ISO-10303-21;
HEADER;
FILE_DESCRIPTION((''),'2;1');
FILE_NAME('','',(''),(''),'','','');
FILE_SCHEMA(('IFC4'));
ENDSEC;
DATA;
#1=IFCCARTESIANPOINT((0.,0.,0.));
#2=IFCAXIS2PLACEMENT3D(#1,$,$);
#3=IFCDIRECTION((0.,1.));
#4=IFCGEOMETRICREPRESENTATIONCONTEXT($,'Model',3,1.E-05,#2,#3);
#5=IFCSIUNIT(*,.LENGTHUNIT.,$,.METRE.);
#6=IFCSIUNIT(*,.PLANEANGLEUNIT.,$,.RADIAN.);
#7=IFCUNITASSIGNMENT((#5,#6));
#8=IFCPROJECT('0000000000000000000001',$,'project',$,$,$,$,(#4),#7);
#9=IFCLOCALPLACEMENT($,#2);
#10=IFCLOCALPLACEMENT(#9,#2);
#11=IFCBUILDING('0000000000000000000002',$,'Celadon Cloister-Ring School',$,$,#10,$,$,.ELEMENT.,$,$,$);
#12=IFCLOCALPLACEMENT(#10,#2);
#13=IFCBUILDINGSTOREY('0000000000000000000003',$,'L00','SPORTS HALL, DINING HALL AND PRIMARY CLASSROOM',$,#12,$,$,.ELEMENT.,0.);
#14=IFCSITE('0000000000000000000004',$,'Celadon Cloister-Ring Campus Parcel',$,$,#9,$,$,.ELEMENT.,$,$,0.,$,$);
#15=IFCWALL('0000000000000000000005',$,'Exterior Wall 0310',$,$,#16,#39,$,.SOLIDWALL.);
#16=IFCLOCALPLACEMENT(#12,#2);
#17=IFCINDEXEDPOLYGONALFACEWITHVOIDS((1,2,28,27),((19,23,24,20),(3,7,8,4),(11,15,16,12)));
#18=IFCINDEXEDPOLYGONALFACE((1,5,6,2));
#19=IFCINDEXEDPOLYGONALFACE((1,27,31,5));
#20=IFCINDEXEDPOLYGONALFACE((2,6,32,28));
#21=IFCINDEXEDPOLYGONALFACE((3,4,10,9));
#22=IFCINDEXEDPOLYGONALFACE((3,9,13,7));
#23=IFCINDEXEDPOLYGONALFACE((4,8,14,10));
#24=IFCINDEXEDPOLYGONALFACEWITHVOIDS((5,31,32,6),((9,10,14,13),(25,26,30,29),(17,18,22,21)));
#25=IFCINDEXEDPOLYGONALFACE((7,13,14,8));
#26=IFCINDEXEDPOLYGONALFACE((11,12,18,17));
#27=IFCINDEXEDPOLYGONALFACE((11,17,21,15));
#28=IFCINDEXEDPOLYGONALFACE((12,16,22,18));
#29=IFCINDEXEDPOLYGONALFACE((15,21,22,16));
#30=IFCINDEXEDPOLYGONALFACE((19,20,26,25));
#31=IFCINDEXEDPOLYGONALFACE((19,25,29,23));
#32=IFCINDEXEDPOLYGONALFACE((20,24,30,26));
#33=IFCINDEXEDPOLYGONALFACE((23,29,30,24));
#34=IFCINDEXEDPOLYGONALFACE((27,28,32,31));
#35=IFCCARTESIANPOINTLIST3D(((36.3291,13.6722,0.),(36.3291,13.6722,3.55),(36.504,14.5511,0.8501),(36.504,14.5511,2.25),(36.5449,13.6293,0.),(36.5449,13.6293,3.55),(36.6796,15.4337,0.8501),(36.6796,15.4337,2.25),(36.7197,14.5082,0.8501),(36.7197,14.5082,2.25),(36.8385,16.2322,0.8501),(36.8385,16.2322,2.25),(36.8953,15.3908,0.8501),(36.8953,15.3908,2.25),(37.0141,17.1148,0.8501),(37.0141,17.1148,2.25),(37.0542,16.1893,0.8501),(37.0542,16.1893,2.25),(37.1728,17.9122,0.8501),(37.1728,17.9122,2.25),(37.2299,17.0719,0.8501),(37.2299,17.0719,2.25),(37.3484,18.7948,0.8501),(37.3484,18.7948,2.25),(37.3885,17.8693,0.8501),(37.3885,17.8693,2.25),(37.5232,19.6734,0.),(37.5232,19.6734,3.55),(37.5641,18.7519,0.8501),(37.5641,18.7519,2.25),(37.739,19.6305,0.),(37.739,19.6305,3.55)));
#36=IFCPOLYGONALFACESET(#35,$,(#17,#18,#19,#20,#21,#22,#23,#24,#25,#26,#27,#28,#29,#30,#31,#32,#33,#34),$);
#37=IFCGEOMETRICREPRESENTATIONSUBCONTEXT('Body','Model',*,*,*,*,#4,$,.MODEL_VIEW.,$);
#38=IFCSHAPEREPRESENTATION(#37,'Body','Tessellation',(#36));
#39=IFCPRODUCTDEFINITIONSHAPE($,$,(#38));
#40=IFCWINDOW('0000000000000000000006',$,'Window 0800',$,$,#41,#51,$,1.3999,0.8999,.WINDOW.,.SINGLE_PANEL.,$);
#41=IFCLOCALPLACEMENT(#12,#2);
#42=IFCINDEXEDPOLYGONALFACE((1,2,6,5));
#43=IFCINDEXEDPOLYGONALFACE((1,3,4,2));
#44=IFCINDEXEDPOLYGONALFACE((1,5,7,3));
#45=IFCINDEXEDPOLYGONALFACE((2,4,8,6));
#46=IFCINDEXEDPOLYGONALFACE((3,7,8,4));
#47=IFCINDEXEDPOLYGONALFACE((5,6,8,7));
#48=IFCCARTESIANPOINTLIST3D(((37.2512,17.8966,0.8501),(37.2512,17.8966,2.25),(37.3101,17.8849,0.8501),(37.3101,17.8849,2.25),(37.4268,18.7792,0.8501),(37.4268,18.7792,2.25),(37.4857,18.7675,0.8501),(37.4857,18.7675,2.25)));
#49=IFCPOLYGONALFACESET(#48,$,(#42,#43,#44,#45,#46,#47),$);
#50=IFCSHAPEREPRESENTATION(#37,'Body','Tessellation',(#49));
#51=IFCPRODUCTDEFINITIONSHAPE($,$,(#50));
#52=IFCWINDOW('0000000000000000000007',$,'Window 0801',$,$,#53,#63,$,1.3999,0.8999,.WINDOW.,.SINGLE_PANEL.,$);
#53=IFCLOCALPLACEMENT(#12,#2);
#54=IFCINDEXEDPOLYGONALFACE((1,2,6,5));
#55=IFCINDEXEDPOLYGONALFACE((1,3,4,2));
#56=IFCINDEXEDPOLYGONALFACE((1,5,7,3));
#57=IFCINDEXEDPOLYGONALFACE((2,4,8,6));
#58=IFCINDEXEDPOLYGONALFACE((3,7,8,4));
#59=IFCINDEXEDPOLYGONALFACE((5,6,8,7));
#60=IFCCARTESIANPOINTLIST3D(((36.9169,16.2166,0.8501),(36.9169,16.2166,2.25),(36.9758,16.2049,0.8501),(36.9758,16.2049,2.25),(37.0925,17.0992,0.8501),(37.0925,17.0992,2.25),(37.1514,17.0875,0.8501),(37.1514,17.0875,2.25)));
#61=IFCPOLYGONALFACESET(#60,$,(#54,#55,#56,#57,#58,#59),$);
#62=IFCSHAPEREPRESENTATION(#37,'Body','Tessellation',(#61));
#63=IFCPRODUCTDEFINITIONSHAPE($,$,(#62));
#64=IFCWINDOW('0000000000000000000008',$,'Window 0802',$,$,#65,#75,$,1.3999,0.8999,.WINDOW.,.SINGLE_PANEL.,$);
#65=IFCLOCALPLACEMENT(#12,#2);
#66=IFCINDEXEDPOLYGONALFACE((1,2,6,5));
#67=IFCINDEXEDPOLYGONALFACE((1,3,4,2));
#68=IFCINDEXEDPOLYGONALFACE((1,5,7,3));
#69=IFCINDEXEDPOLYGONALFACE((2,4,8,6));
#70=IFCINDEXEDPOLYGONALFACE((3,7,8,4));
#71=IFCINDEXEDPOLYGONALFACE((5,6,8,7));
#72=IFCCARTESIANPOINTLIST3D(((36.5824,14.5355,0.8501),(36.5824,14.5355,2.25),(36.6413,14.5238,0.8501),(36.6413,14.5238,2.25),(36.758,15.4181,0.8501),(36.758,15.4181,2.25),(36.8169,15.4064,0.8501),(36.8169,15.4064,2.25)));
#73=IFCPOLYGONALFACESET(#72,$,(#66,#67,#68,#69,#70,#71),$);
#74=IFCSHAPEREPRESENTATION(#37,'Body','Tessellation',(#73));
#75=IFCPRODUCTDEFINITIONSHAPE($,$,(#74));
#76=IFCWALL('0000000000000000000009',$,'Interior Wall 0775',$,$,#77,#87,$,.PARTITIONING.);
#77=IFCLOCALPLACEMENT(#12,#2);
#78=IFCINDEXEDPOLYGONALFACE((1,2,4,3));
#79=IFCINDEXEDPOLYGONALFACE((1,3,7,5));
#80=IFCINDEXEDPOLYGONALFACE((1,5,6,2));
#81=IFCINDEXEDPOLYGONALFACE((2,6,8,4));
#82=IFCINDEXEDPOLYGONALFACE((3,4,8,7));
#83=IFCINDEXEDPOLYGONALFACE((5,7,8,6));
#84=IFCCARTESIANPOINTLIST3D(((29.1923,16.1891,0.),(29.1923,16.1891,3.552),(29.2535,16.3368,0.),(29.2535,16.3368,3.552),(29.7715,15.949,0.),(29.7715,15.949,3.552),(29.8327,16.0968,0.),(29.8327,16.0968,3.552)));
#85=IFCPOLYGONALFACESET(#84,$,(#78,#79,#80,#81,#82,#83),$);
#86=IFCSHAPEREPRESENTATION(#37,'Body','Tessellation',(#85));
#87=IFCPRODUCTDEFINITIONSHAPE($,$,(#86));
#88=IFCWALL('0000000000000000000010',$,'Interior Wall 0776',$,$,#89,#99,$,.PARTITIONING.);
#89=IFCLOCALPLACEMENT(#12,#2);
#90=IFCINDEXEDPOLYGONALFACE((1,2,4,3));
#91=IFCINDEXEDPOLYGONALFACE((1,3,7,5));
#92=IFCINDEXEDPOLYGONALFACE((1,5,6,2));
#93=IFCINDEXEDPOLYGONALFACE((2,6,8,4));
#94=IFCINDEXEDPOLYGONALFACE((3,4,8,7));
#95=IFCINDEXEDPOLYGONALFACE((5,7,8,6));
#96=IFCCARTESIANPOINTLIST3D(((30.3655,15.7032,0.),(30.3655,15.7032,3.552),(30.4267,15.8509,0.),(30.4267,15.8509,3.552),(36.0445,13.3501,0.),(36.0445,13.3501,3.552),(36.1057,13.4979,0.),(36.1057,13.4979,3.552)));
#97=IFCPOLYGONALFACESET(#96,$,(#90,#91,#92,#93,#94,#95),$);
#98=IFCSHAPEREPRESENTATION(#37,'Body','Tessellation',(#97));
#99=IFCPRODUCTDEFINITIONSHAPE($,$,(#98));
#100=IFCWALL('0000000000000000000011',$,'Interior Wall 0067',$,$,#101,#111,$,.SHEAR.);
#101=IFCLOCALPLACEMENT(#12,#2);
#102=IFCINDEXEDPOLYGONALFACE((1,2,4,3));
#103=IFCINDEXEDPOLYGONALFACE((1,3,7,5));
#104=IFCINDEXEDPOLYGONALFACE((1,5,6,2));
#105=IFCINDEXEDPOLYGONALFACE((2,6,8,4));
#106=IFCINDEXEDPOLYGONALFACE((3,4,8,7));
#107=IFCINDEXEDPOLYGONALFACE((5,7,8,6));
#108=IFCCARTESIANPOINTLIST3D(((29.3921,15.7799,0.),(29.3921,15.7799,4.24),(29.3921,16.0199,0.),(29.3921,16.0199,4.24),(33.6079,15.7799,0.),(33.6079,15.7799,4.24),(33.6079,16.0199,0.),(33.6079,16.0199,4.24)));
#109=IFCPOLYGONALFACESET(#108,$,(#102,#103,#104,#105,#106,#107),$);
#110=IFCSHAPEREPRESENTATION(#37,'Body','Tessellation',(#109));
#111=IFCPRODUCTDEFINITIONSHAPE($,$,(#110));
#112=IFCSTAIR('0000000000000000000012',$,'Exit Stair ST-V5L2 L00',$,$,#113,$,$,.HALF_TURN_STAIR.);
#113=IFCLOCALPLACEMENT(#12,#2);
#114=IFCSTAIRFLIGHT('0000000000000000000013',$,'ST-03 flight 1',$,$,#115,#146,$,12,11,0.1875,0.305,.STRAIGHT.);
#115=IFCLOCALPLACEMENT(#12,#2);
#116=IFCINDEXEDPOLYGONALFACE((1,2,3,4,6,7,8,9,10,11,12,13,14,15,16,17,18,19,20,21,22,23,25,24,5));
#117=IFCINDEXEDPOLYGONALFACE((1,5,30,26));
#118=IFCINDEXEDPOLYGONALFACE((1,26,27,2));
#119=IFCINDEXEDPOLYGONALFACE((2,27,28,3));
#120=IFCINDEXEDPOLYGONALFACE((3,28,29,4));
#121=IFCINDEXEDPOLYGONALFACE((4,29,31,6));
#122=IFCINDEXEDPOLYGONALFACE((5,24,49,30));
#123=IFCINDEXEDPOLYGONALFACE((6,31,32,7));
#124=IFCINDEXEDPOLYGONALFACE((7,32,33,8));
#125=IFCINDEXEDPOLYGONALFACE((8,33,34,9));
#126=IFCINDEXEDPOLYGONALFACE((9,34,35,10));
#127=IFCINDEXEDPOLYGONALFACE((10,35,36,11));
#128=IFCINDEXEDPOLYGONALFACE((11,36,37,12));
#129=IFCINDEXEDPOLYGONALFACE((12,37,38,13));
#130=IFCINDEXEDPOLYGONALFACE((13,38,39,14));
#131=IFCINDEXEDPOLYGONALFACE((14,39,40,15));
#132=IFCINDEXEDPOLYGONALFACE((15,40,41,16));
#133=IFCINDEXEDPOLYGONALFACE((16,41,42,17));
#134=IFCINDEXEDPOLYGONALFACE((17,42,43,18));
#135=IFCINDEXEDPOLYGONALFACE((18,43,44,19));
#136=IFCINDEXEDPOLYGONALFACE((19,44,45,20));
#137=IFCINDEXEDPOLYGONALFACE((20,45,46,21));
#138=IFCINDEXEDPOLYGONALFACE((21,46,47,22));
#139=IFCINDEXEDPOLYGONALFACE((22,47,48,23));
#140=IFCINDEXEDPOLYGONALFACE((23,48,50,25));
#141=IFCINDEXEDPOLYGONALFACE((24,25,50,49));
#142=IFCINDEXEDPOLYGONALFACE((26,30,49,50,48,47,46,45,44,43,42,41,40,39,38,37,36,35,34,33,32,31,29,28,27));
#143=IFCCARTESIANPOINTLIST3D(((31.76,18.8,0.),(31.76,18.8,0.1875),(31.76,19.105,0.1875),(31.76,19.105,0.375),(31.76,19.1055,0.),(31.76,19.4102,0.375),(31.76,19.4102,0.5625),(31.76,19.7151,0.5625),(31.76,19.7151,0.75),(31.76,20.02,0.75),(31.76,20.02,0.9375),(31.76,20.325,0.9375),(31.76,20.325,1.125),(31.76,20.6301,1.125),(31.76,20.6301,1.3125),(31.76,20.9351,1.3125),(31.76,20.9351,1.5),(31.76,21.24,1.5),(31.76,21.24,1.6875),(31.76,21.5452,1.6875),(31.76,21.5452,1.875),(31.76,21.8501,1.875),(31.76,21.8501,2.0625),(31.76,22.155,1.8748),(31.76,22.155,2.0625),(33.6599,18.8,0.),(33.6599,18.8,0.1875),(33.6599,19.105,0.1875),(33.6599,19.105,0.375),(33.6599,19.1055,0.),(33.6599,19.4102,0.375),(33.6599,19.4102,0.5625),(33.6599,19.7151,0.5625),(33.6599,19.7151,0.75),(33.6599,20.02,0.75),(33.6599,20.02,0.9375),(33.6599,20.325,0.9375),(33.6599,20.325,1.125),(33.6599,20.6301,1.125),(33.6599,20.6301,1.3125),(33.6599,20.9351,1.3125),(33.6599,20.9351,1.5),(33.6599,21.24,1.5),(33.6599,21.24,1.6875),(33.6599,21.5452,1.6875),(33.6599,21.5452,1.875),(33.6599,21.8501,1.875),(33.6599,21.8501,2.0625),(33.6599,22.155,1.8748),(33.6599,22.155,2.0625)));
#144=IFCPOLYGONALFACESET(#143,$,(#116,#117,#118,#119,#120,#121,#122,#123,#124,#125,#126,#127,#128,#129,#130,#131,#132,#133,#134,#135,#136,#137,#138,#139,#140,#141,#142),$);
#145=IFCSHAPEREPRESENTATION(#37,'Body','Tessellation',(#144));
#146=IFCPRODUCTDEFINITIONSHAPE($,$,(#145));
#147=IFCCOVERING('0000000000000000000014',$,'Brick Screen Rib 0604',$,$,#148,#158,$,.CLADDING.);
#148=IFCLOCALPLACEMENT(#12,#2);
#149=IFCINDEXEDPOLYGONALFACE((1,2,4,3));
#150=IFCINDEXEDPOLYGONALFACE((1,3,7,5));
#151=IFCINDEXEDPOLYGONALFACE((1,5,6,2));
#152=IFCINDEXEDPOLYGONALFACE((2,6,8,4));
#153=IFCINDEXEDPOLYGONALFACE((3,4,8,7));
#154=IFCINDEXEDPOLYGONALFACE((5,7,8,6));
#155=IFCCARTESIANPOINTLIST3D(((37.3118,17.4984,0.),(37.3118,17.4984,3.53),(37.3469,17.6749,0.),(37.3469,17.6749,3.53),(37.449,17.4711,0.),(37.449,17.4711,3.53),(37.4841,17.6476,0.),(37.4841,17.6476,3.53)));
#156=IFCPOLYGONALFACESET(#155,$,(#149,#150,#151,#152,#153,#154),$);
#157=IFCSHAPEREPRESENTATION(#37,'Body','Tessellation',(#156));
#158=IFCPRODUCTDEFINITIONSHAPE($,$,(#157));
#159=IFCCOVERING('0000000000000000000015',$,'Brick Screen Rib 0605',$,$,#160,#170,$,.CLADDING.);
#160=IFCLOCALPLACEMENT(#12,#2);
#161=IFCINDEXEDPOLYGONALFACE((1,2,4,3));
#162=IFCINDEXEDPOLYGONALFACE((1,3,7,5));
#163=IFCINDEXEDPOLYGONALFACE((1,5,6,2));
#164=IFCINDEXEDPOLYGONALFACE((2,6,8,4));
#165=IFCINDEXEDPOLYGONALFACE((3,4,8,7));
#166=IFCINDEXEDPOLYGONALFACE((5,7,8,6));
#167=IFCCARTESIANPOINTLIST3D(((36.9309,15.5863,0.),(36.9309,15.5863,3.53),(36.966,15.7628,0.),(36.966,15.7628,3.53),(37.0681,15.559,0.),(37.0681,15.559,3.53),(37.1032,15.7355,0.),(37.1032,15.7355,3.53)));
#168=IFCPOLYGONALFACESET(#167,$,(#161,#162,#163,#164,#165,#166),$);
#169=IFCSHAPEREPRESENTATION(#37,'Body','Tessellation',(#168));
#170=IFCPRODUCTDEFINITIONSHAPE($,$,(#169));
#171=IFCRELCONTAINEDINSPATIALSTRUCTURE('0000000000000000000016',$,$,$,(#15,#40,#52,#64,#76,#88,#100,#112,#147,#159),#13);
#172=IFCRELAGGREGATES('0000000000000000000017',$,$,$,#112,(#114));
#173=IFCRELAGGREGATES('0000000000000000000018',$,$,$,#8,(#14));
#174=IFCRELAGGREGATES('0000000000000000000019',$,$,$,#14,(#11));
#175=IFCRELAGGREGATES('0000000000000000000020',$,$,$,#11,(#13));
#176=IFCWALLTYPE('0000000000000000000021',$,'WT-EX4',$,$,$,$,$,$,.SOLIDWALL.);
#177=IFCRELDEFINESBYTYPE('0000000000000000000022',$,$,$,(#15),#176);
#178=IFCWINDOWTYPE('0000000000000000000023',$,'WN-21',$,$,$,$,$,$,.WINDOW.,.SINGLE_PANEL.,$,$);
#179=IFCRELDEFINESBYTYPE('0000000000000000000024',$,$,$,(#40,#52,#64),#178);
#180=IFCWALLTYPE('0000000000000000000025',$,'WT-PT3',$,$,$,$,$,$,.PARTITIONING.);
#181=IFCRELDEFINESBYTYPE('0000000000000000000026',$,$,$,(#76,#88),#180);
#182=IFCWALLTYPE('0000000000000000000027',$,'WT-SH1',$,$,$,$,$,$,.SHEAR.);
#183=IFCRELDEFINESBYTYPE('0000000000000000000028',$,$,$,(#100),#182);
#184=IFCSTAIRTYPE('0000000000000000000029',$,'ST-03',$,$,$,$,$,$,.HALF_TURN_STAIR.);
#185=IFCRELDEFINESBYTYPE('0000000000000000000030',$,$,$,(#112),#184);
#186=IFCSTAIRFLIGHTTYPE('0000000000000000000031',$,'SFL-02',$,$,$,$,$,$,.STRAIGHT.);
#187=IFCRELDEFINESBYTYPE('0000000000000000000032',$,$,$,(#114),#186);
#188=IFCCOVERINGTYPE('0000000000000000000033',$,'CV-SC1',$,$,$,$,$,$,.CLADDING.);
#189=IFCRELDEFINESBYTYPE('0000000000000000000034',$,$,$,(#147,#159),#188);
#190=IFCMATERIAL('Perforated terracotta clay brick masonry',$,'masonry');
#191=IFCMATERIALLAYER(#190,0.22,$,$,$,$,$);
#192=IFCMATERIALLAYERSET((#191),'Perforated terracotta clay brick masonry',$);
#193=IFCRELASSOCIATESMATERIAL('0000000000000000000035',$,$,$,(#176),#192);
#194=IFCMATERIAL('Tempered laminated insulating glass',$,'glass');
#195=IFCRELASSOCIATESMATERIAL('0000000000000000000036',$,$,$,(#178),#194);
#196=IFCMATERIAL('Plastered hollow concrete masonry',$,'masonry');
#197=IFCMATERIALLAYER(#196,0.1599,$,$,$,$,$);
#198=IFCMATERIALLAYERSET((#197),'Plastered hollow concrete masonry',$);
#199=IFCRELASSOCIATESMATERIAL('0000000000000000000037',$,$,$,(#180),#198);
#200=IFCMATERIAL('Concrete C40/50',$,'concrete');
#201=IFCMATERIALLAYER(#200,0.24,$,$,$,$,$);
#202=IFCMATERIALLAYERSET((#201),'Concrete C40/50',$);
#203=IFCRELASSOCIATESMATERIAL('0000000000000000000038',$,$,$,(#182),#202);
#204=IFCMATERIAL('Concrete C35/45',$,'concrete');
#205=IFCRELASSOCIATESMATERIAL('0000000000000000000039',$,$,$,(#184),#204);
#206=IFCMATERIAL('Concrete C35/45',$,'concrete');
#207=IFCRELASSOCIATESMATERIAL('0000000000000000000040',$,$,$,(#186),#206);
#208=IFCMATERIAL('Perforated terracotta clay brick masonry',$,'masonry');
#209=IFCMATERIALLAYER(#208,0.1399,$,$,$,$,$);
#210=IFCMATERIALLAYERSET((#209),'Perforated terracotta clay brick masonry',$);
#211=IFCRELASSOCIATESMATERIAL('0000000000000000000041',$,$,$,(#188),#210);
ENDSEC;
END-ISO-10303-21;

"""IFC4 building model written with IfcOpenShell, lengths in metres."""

from ifc_helpers import new_model, si_unit, direction, frame, frame_2d, origin, origin_2d, place, context, subcontext, project, spatial, polyline, rectangle, outline, extrude, material, layer, layer_set, type_object, element, fill, aggregate, save


model = new_model("IFC4")

# Units and contexts
model_context = context("Model", 3, precision=1e-05, world=origin(), true_north=direction((0.0, 1.0)))
body_context = subcontext(model_context, "Body", "Model", "MODEL_VIEW")
ifc_project = project(units=[si_unit("LENGTHUNIT", "METRE"), si_unit("PLANEANGLEUNIT", "RADIAN")], contexts=[model_context])

# Site, building, storey
site_placement = place(None, origin())
site = spatial("IfcSite", under=ifc_project, at=site_placement, Name="Celadon Cloister-Ring Campus Parcel", CompositionType="ELEMENT", RefElevation=0.0)
building_placement = place(site_placement, origin())
building = spatial("IfcBuilding", under=site, at=building_placement, Name="Celadon Cloister-Ring School", CompositionType="ELEMENT")
storey_placement = place(building_placement, origin())
storey = spatial("IfcBuildingStorey", under=building, at=storey_placement, Name="L00", Description="SPORTS HALL, DINING HALL AND PRIMARY CLASSROOM", CompositionType="ELEMENT", Elevation=0.0)

# Wall, openings, windows
ifc_material_1 = material(Name="Perforated terracotta clay brick masonry", Category="masonry")
ifc_layer_1 = layer(ifc_material_1, 0.22)
ifc_layer_set_1 = layer_set([ifc_layer_1], Name="Perforated terracotta clay brick masonry")
wall_type_1 = type_object("IfcWallType", Name="WT-EX4", PredefinedType="SOLIDWALL", material=ifc_layer_set_1)
wall_1_placement = place(storey_placement, frame((37.6311, 19.6521, 0.0), z_axis=(0.0, 0.0, 1.0), x_axis=(-0.195149, -0.980774, 0.0)))
wall_1 = element("IfcWall", 1, at=wall_1_placement, inside=storey, type_object=wall_type_1, Name="Exterior Wall 0310", PredefinedType="SOLIDWALL", context=body_context, shape_type="SweptSolid", body=[
    extrude(rectangle(XDim=6.1189, YDim=0.22, at=frame_2d((3.0596, 0.0))), origin(), (0.0, 0.0, 1.0), 3.55),
])
opening_1_placement = place(wall_1_placement, frame((0.896, 0.0, 0.8501)))
opening_1 = element("IfcOpeningElement", 2, at=opening_1_placement, cuts=wall_1, PredefinedType="OPENING", context=body_context, shape_type="SweptSolid", body=[
    extrude(rectangle(XDim=0.8999, YDim=1.3999, at=frame_2d((0.45, 0.7))), frame((0.0, 0.1201, 0.0), z_axis=(0.0, -1.0, 0.0), x_axis=(1.0, 0.0, 0.0)), (0.0, 0.0, 1.0), 0.24),
])
opening_2_placement = place(wall_1_placement, frame((2.6089, 0.0, 0.8501)))
opening_2 = element("IfcOpeningElement", 3, at=opening_2_placement, cuts=wall_1, PredefinedType="OPENING", context=body_context, shape_type="SweptSolid", body=[
    extrude(rectangle(XDim=0.8999, YDim=1.3999, at=frame_2d((0.45, 0.7))), frame((0.0, 0.1201, 0.0), z_axis=(0.0, -1.0, 0.0), x_axis=(1.0, 0.0, 0.0)), (0.0, 0.0, 1.0), 0.24),
])
opening_3_placement = place(wall_1_placement, frame((4.323, 0.0, 0.8501)))
opening_3 = element("IfcOpeningElement", 4, at=opening_3_placement, cuts=wall_1, PredefinedType="OPENING", context=body_context, shape_type="SweptSolid", body=[
    extrude(rectangle(XDim=0.8999, YDim=1.3999, at=frame_2d((0.45, 0.7))), frame((0.0, 0.1201, 0.0), z_axis=(0.0, -1.0, 0.0), x_axis=(1.0, 0.0, 0.0)), (0.0, 0.0, 1.0), 0.24),
])
ifc_material_2 = material(Name="Tempered laminated insulating glass", Category="glass")
window_type = type_object("IfcWindowType", Name="WN-21", PartitioningType="SINGLE_PANEL", PredefinedType="WINDOW", material=ifc_material_2)
window_1_placement = place(opening_1_placement, origin())
window_1 = element("IfcWindow", 5, at=window_1_placement, inside=storey, type_object=window_type, Name="Window 0800", OverallHeight=1.3999, OverallWidth=0.8999, PartitioningType="SINGLE_PANEL", PredefinedType="WINDOW", context=body_context, shape_type="SweptSolid", body=[
    extrude(rectangle(XDim=0.8999, YDim=1.3999, at=frame_2d((0.45, 0.7))), frame((0.0, 0.03, 0.0), z_axis=(0.0, -1.0, 0.0), x_axis=(1.0, 0.0, 0.0)), (0.0, 0.0, 1.0), 0.0601),
])
fill(opening_1, window_1)
window_2_placement = place(opening_2_placement, origin())
window_2 = element("IfcWindow", 6, at=window_2_placement, inside=storey, type_object=window_type, Name="Window 0801", OverallHeight=1.3999, OverallWidth=0.8999, PartitioningType="SINGLE_PANEL", PredefinedType="WINDOW", context=body_context, shape_type="SweptSolid", body=[
    extrude(rectangle(XDim=0.8999, YDim=1.3999, at=frame_2d((0.45, 0.7))), frame((0.0, 0.03, 0.0), z_axis=(0.0, -1.0, 0.0), x_axis=(1.0, 0.0, 0.0)), (0.0, 0.0, 1.0), 0.0601),
])
fill(opening_2, window_2)
window_3_placement = place(opening_3_placement, origin())
window_3 = element("IfcWindow", 7, at=window_3_placement, inside=storey, type_object=window_type, Name="Window 0802", OverallHeight=1.3999, OverallWidth=0.8999, PartitioningType="SINGLE_PANEL", PredefinedType="WINDOW", context=body_context, shape_type="SweptSolid", body=[
    extrude(rectangle(XDim=0.8999, YDim=1.3999, at=frame_2d((0.45, 0.7))), frame((0.0, 0.03, 0.0), z_axis=(0.0, -1.0, 0.0), x_axis=(1.0, 0.0, 0.0)), (0.0, 0.0, 1.0), 0.0601),
])
fill(opening_3, window_3)

# Walls
ifc_material_3 = material(Name="Plastered hollow concrete masonry", Category="masonry")
ifc_layer_2 = layer(ifc_material_3, 0.1599)
ifc_layer_set_2 = layer_set([ifc_layer_2], Name="Plastered hollow concrete masonry")
wall_type_2 = type_object("IfcWallType", Name="WT-PT3", PredefinedType="PARTITIONING", material=ifc_layer_set_2)
wall_2_placement = place(storey_placement, frame((29.2229, 16.2629, 0.0), z_axis=(0.0, 0.0, 1.0), x_axis=(0.923813, -0.382845, 0.0)))
element("IfcWall", 8, at=wall_2_placement, inside=storey, type_object=wall_type_2, Name="Interior Wall 0775", PredefinedType="PARTITIONING", context=body_context, shape_type="SweptSolid", body=[
    extrude(rectangle(XDim=0.627, YDim=0.1599, at=frame_2d((0.3135, 0.0))), origin(), (0.0, 0.0, 1.0), 3.552),
])
wall_3_placement = place(storey_placement, frame((30.396, 15.7771, 0.0), z_axis=(0.0, 0.0, 1.0), x_axis=(0.923838, -0.382784, 0.0)))
element("IfcWall", 9, at=wall_3_placement, inside=storey, type_object=wall_type_2, Name="Interior Wall 0776", PredefinedType="PARTITIONING", context=body_context, shape_type="SweptSolid", body=[
    extrude(rectangle(XDim=6.1472, YDim=0.1599, at=frame_2d((3.0737, 0.0))), origin(), (0.0, 0.0, 1.0), 3.552),
])
ifc_material_4 = material(Name="Concrete C40/50", Category="concrete")
ifc_layer_3 = layer(ifc_material_4, 0.24)
ifc_layer_set_3 = layer_set([ifc_layer_3], Name="Concrete C40/50")
wall_type_3 = type_object("IfcWallType", Name="WT-SH1", PredefinedType="SHEAR", material=ifc_layer_set_3)
wall_4_placement = place(storey_placement, frame((33.6079, 15.8999, 0.0), z_axis=(0.0, 0.0, 1.0), x_axis=(-1.0, 0.0, 0.0)))
element("IfcWall", 10, at=wall_4_placement, inside=storey, type_object=wall_type_3, Name="Interior Wall 0067", PredefinedType="SHEAR", context=body_context, shape_type="SweptSolid", body=[
    extrude(rectangle(XDim=4.2158, YDim=0.24, at=frame_2d((2.1079, 0.0))), origin(), (0.0, 0.0, 1.0), 4.24),
])

# Stair, stair flight
ifc_material_5 = material(Name="Concrete C35/45", Category="concrete")
stair_type = type_object("IfcStairType", Name="ST-03", PredefinedType="HALF_TURN_STAIR", material=ifc_material_5)
stair_placement = place(storey_placement, origin())
stair = element("IfcStair", 11, at=stair_placement, inside=storey, type_object=stair_type, Name="Exit Stair ST-V5L2 L00", PredefinedType="HALF_TURN_STAIR")
ifc_material_6 = material(Name="Concrete C35/45", Category="concrete")
stair_flight_type = type_object("IfcStairFlightType", Name="SFL-02", PredefinedType="STRAIGHT", material=ifc_material_6)
stair_flight_placement = place(storey_placement, frame((32.71, 18.8, 0.0), z_axis=(0.0, 0.0, 1.0), x_axis=(0.0, 1.0, 0.0)))
stair_flight = element("IfcStairFlight", 12, at=stair_flight_placement, type_object=stair_flight_type, Name="ST-03 flight 1", NumberOfRisers=12, NumberOfTreads=11, PredefinedType="STRAIGHT", RiserHeight=0.1875, TreadLength=0.305, context=body_context, shape_type="SweptSolid", body=[
    extrude(outline(polyline([(0.0, 0.0), (0.0, 0.1875), (0.3049, 0.1875), (0.3049, 0.375), (0.6101, 0.375), (0.6101, 0.5625), (0.915, 0.5625), (0.915, 0.75), (1.22, 0.75), (1.22, 0.9375), (1.5249, 0.9375), (1.5249, 1.125), (1.8301, 1.125), (1.8301, 1.3125), (2.135, 1.3125), (2.135, 1.5), (2.4399, 1.5), (2.4399, 1.6875), (2.7451, 1.6875), (2.7451, 1.875), (3.05, 1.875), (3.05, 2.0625), (3.355, 2.0625), (3.355, 2.25), (3.355, 1.8748), (0.3054, 0.0), (0.0, 0.0)])), frame((0.0, 0.95, 0.0), z_axis=(0.0, -1.0, 0.0), x_axis=(1.0, 0.0, 0.0)), (0.0, 0.0, 1.0), 1.8999),
])
aggregate(stair, [stair_flight])

# Coverings
ifc_material_7 = material(Name="Perforated terracotta clay brick masonry", Category="masonry")
ifc_layer_4 = layer(ifc_material_7, 0.1399)
ifc_layer_set_4 = layer_set([ifc_layer_4], Name="Perforated terracotta clay brick masonry")
covering_type = type_object("IfcCoveringType", Name="CV-SC1", PredefinedType="CLADDING", material=ifc_layer_set_4)
for number, where, z_axis, x_axis, name in (
    (13, (37.3979, 17.573, 0.0), (0.0, 0.0, 1.0), (-0.195142, -0.980775, 0.0), "Brick Screen Rib 0604"),
    (14, (37.0171, 15.6609, 0.0), (0.0, 0.0, 1.0), (-0.195142, -0.980775, 0.0), "Brick Screen Rib 0605"),
):
    element("IfcCovering", number, at=place(storey_placement, frame(where, z_axis=z_axis, x_axis=x_axis)), inside=storey, type_object=covering_type, Name=name, PredefinedType="CLADDING", context=body_context, shape_type="SweptSolid", body=[
        extrude(rectangle(XDim=0.1799, YDim=0.1399, at=origin_2d()), origin(), (0.0, 0.0, 1.0), 3.53),
    ])

save(model, "model.ifc")
